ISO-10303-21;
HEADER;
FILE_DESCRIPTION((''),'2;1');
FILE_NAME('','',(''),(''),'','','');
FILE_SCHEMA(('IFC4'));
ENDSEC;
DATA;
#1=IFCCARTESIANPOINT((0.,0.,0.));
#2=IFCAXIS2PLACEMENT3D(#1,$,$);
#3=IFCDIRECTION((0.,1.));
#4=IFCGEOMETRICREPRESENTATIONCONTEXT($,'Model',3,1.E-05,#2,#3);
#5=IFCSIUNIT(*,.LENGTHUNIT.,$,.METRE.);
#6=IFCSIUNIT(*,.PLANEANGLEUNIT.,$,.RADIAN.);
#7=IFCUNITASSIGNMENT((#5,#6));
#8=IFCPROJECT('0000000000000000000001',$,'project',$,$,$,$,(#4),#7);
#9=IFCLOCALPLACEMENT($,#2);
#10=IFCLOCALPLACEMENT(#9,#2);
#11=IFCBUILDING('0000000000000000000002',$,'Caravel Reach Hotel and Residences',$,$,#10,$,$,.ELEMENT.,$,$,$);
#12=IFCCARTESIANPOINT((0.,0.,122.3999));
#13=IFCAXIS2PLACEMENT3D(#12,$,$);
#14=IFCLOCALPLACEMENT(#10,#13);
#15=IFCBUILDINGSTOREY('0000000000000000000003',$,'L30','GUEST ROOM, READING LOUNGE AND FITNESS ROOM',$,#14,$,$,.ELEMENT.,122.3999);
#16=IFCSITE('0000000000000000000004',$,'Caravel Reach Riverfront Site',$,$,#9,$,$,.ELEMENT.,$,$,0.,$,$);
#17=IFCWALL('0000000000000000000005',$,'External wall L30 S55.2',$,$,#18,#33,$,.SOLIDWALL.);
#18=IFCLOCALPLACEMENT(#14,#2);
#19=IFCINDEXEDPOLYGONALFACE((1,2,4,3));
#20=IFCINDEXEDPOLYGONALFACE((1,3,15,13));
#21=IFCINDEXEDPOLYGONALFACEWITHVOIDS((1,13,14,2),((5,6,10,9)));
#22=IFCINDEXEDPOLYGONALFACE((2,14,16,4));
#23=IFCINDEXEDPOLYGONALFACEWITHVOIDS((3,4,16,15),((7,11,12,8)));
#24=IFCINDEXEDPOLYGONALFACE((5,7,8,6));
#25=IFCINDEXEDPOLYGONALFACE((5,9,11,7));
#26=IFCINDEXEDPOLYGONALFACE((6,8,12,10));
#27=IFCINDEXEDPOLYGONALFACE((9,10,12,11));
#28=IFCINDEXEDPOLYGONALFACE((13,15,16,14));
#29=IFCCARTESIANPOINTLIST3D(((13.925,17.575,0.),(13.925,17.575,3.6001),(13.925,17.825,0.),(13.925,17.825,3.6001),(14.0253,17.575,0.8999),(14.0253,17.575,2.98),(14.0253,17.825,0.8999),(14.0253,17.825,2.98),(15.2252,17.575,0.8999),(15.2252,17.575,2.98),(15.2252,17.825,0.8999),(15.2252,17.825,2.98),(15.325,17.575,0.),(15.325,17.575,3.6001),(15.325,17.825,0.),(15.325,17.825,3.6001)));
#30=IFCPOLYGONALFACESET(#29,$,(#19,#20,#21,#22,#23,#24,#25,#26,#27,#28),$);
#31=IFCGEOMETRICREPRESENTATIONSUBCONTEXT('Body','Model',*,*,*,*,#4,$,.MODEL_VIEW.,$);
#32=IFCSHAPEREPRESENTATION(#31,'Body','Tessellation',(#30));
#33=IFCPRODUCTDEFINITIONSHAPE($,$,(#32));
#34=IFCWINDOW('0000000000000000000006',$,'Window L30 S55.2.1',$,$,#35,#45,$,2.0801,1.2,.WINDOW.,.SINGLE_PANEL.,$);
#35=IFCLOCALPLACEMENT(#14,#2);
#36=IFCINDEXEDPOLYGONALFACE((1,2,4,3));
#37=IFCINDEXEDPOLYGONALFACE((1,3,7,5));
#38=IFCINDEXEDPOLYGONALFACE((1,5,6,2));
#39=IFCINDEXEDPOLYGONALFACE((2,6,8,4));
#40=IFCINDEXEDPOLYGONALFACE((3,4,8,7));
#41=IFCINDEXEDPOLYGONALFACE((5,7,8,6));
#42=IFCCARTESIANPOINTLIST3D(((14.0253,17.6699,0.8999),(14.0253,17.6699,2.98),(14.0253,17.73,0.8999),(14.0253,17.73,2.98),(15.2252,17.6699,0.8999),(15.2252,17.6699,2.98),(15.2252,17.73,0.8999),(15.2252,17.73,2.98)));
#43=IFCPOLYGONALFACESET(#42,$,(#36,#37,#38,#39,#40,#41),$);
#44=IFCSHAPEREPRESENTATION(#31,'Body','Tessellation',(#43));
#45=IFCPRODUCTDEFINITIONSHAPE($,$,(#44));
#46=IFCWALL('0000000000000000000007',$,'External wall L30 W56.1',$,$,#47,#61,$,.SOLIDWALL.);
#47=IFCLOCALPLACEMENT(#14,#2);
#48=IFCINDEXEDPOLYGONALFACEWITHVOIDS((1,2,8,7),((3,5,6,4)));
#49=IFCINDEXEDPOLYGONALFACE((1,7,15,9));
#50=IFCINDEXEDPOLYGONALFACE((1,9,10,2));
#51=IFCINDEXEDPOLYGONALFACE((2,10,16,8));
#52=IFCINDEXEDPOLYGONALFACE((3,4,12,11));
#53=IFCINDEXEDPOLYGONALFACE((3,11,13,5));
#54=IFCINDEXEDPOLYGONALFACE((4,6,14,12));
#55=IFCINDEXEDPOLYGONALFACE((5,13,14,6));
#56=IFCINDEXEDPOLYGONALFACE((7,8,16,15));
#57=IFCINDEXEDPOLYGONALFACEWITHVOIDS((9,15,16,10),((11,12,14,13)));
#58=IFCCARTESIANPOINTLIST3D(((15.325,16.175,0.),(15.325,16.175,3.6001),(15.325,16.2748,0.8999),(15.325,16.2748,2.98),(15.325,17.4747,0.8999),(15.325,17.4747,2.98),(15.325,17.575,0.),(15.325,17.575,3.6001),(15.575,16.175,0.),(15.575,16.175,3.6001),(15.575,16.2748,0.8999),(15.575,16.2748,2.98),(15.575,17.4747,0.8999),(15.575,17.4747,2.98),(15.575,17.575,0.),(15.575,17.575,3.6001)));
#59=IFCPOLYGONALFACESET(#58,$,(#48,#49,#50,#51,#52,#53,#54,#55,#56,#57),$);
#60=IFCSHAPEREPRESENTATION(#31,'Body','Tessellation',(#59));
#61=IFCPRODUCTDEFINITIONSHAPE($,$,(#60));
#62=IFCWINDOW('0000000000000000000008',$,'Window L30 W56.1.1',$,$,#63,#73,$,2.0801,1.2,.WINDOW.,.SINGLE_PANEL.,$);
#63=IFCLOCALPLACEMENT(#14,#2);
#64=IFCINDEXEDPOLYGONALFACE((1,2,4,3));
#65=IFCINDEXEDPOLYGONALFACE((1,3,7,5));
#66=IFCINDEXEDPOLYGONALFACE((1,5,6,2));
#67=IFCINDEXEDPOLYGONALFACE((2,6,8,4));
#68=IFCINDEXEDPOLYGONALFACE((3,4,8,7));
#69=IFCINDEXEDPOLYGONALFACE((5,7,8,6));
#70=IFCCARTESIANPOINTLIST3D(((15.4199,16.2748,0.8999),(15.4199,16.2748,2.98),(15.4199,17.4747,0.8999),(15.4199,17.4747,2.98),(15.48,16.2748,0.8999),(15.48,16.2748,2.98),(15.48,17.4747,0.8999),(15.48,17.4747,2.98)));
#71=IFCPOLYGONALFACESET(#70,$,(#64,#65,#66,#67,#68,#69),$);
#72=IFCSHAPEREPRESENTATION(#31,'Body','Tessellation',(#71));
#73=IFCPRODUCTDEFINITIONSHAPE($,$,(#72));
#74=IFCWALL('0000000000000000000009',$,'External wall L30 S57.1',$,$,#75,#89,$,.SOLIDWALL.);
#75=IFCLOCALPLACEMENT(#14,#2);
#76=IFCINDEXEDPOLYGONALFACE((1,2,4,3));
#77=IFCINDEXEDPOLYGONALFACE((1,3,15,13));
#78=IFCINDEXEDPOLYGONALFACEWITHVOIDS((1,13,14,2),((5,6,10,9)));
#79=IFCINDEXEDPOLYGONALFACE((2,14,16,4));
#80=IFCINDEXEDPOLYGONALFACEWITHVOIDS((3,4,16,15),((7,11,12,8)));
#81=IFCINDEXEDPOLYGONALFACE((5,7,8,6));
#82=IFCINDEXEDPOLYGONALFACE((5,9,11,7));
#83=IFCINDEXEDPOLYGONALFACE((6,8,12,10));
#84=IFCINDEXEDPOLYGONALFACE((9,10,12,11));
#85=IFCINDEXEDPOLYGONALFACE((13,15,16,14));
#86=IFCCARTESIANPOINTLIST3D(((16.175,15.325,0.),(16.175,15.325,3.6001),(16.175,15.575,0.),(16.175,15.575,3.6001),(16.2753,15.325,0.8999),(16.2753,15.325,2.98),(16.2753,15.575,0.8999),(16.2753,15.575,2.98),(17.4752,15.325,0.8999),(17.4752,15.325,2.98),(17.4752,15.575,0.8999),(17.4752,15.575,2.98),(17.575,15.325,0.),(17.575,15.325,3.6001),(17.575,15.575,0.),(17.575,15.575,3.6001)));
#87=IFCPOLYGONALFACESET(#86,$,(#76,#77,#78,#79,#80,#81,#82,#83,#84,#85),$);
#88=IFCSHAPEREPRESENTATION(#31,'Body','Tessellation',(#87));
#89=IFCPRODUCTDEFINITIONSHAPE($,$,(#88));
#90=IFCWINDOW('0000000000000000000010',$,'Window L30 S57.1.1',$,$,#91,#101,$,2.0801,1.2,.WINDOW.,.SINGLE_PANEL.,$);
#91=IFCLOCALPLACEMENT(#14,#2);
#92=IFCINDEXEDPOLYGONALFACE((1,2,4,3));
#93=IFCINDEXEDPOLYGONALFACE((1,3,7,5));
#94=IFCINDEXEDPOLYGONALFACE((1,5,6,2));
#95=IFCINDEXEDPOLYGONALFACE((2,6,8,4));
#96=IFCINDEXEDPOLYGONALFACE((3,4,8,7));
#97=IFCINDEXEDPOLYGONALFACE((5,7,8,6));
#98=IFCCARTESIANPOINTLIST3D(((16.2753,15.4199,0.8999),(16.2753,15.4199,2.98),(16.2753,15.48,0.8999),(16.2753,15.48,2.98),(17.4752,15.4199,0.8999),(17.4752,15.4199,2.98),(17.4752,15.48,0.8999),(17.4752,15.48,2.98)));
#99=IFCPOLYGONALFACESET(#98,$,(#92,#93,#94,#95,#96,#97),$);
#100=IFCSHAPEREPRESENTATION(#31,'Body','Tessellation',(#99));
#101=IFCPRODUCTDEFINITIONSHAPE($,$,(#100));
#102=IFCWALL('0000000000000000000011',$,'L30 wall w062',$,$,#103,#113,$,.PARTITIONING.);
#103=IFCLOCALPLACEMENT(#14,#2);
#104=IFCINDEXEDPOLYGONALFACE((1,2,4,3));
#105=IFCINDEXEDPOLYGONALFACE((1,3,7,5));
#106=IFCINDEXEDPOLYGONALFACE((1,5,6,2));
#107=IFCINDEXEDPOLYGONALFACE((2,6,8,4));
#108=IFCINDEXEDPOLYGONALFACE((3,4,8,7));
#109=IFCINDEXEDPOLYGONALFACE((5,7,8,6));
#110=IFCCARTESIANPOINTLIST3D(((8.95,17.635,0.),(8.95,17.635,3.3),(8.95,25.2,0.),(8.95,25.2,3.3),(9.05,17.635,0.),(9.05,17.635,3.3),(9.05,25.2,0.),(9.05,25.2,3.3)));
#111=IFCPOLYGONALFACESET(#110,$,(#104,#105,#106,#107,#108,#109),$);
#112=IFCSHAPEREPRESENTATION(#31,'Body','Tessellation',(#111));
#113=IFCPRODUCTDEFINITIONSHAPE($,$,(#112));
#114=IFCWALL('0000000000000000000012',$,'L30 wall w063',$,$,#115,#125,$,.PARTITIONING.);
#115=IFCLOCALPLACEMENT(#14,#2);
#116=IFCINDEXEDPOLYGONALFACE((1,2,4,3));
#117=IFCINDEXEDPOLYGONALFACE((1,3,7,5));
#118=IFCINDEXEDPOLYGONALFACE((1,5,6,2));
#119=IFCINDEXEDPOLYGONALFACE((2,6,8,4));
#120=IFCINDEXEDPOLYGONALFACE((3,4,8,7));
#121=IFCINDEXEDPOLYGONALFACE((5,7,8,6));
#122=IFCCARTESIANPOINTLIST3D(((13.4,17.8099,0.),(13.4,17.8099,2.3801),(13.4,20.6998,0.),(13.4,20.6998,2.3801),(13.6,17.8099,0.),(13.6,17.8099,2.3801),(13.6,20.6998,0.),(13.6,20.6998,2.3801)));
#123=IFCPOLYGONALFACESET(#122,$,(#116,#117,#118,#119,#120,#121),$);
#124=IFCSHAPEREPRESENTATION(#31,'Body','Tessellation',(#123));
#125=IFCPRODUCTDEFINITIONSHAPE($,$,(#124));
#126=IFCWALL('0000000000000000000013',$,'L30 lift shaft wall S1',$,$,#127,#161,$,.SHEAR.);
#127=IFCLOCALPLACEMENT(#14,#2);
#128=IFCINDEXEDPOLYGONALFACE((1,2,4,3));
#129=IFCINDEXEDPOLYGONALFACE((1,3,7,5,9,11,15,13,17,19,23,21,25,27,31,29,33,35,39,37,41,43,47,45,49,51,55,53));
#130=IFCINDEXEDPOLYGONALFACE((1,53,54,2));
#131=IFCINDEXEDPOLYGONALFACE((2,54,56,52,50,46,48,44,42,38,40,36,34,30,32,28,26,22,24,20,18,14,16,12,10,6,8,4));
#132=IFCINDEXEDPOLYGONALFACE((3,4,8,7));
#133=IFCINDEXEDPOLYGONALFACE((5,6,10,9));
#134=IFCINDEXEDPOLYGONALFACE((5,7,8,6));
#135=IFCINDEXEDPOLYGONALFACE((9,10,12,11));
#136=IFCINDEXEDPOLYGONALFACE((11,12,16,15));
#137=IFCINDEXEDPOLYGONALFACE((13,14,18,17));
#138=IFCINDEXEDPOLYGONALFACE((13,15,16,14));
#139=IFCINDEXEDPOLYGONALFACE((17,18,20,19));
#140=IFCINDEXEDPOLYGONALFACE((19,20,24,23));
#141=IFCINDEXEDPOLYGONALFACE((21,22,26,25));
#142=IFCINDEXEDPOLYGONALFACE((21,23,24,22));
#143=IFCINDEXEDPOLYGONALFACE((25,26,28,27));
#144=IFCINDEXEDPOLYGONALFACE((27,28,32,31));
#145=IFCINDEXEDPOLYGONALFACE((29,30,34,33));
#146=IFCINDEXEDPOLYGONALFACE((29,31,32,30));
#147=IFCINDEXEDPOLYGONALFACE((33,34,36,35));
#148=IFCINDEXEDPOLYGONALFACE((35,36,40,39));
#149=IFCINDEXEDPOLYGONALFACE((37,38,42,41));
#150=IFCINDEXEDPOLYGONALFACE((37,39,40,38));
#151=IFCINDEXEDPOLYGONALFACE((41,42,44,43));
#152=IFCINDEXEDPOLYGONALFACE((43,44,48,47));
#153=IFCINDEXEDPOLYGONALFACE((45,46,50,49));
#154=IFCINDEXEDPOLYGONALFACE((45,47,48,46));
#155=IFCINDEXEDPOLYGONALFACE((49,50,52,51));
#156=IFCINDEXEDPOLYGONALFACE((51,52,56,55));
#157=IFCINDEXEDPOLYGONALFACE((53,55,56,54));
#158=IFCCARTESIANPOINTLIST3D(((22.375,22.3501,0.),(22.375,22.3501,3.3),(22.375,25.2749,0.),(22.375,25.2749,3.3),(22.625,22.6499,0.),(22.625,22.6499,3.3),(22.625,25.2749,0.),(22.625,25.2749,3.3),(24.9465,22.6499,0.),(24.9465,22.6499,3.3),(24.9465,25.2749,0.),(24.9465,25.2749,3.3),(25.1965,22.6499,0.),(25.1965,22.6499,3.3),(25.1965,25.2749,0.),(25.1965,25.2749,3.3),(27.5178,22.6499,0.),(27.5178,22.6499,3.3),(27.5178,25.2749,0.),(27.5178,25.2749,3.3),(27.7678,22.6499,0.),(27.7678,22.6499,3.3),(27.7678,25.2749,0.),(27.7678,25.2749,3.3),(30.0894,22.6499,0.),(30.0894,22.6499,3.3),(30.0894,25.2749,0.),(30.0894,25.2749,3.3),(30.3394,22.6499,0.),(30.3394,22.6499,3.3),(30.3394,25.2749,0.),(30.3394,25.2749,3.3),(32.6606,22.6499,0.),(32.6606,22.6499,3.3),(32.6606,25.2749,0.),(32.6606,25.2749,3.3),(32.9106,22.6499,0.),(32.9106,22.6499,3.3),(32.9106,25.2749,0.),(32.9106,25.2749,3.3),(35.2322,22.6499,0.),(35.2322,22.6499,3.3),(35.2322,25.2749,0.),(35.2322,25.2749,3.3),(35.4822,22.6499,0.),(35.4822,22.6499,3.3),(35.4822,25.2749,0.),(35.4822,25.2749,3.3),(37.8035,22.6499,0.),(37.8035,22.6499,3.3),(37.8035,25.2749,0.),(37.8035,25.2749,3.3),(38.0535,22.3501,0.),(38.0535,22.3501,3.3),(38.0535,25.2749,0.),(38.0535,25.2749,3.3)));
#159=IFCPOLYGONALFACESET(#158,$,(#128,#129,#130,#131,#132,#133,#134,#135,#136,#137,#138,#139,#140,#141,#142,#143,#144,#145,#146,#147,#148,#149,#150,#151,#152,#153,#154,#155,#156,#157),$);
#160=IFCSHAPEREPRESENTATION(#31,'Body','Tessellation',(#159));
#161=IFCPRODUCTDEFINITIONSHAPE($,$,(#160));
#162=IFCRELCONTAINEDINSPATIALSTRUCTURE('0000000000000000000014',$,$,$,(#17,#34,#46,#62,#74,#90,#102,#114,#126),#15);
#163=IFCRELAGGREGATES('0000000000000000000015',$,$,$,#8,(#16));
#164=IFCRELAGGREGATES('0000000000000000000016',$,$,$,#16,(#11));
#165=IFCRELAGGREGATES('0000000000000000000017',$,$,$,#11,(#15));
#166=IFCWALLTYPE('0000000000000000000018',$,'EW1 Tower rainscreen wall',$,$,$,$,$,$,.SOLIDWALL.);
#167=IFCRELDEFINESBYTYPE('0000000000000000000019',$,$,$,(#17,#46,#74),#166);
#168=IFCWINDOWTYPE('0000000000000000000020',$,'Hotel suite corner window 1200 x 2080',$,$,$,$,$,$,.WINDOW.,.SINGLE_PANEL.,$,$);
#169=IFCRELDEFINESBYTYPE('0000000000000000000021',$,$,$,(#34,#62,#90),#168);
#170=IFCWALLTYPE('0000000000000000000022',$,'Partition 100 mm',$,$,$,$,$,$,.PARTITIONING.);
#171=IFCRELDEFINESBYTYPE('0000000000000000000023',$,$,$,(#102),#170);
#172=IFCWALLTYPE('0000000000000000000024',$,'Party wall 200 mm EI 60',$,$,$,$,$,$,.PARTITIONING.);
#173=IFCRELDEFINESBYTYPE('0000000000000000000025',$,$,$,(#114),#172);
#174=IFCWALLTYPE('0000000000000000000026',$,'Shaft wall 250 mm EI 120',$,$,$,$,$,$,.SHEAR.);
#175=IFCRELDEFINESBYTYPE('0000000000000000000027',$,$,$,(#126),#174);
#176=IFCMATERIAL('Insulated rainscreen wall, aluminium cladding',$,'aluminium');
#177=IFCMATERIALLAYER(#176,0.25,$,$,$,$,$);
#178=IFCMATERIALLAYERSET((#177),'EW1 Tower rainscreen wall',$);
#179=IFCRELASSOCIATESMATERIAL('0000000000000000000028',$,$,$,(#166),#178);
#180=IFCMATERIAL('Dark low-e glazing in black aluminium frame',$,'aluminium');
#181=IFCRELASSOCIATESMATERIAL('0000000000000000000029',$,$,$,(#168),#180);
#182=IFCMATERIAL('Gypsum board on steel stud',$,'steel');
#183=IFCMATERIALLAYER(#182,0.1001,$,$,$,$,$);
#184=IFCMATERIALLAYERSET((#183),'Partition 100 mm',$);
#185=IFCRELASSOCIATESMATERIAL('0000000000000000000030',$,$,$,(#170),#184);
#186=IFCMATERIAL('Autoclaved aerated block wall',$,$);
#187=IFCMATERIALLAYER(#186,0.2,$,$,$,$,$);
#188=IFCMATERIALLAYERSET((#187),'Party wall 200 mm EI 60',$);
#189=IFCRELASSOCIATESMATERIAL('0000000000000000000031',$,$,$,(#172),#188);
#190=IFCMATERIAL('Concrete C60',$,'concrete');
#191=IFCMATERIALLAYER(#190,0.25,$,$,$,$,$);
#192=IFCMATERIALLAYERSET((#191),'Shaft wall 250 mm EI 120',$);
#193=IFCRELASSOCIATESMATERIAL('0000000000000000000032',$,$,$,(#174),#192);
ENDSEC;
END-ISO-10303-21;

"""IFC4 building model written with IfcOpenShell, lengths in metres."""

from ifc_helpers import new_model, si_unit, direction, frame, frame_2d, origin, place, context, subcontext, project, spatial, polyline, rectangle, outline, extrude, material, layer, layer_set, type_object, element, fill, save


model = new_model("IFC4")

# Units and contexts
model_context = context("Model", 3, precision=1e-05, world=origin(), true_north=direction((0.0, 1.0)))
body_context = subcontext(model_context, "Body", "Model", "MODEL_VIEW")
ifc_project = project(units=[si_unit("LENGTHUNIT", "METRE"), si_unit("PLANEANGLEUNIT", "RADIAN")], contexts=[model_context])

# Site, building, storey
site_placement = place(None, origin())
site = spatial("IfcSite", under=ifc_project, at=site_placement, Name="Caravel Reach Riverfront Site", CompositionType="ELEMENT", RefElevation=0.0)
building_placement = place(site_placement, origin())
building = spatial("IfcBuilding", under=site, at=building_placement, Name="Caravel Reach Hotel and Residences", CompositionType="ELEMENT")
storey_placement = place(building_placement, frame((0.0, 0.0, 122.3999)))
storey = spatial("IfcBuildingStorey", under=building, at=storey_placement, Name="L30", Description="GUEST ROOM, READING LOUNGE AND FITNESS ROOM", CompositionType="ELEMENT", Elevation=122.3999)

# Shared definitions
ifc_material_1 = material(Name="Insulated rainscreen wall, aluminium cladding", Category="aluminium")
ifc_layer_1 = layer(ifc_material_1, 0.25)
ifc_layer_set_1 = layer_set([ifc_layer_1], Name="EW1 Tower rainscreen wall")
wall_type_1 = type_object("IfcWallType", Name="EW1 Tower rainscreen wall", PredefinedType="SOLIDWALL", material=ifc_layer_set_1)

# Walls, openings, windows
wall_1_placement = place(storey_placement, frame((13.925, 17.7, 0.0), z_axis=(0.0, 0.0, 1.0), x_axis=(1.0, 0.0, 0.0)))
wall_1 = element("IfcWall", 1, at=wall_1_placement, inside=storey, type_object=wall_type_1, Name="External wall L30 S55.2", PredefinedType="SOLIDWALL", context=body_context, shape_type="SweptSolid", body=[
    extrude(rectangle(XDim=1.3999, YDim=0.25, at=frame_2d((0.7, 0.0))), origin(), (0.0, 0.0, 1.0), 3.6001),
])
opening_1_placement = place(wall_1_placement, frame((0.1001, 0.0, 0.8999)))
opening_1 = element("IfcOpeningElement", 2, at=opening_1_placement, cuts=wall_1, PredefinedType="OPENING", context=body_context, shape_type="SweptSolid", body=[
    extrude(rectangle(XDim=1.2, YDim=2.0801, at=frame_2d((0.6001, 1.04))), frame((0.0, 0.135, 0.0), z_axis=(0.0, -1.0, 0.0), x_axis=(1.0, 0.0, 0.0)), (0.0, 0.0, 1.0), 0.27),
])
ifc_material_2 = material(Name="Dark low-e glazing in black aluminium frame", Category="aluminium")
window_type_1 = type_object("IfcWindowType", Name="Hotel suite corner window 1200 x 2080", PartitioningType="SINGLE_PANEL", PredefinedType="WINDOW", material=ifc_material_2)
window_1_placement = place(opening_1_placement, origin())
window_1 = element("IfcWindow", 3, at=window_1_placement, inside=storey, type_object=window_type_1, Name="Window L30 S55.2.1", OverallHeight=2.0801, OverallWidth=1.2, PartitioningType="SINGLE_PANEL", PredefinedType="WINDOW", context=body_context, shape_type="SweptSolid", body=[
    extrude(rectangle(XDim=1.2, YDim=2.0801, at=frame_2d((0.6001, 1.04))), frame((0.0, 0.03, 0.0), z_axis=(0.0, -1.0, 0.0), x_axis=(1.0, 0.0, 0.0)), (0.0, 0.0, 1.0), 0.0601),
])
fill(opening_1, window_1)
wall_2_placement = place(storey_placement, frame((15.45, 17.575, 0.0), z_axis=(0.0, 0.0, 1.0), x_axis=(0.0, -1.0, 0.0)))
wall_2 = element("IfcWall", 4, at=wall_2_placement, inside=storey, type_object=wall_type_1, Name="External wall L30 W56.1", PredefinedType="SOLIDWALL", context=body_context, shape_type="SweptSolid", body=[
    extrude(rectangle(XDim=1.3999, YDim=0.25, at=frame_2d((0.7, 0.0))), origin(), (0.0, 0.0, 1.0), 3.6001),
])
opening_2_placement = place(wall_2_placement, frame((0.1001, 0.0, 0.8999)))
opening_2 = element("IfcOpeningElement", 5, at=opening_2_placement, cuts=wall_2, PredefinedType="OPENING", context=body_context, shape_type="SweptSolid", body=[
    extrude(rectangle(XDim=1.2, YDim=2.0801, at=frame_2d((0.6001, 1.04))), frame((0.0, 0.135, 0.0), z_axis=(0.0, -1.0, 0.0), x_axis=(1.0, 0.0, 0.0)), (0.0, 0.0, 1.0), 0.27),
])
window_2_placement = place(opening_2_placement, origin())
window_2 = element("IfcWindow", 6, at=window_2_placement, inside=storey, type_object=window_type_1, Name="Window L30 W56.1.1", OverallHeight=2.0801, OverallWidth=1.2, PartitioningType="SINGLE_PANEL", PredefinedType="WINDOW", context=body_context, shape_type="SweptSolid", body=[
    extrude(rectangle(XDim=1.2, YDim=2.0801, at=frame_2d((0.6001, 1.04))), frame((0.0, 0.03, 0.0), z_axis=(0.0, -1.0, 0.0), x_axis=(1.0, 0.0, 0.0)), (0.0, 0.0, 1.0), 0.0601),
])
fill(opening_2, window_2)
wall_3_placement = place(storey_placement, frame((16.175, 15.45, 0.0), z_axis=(0.0, 0.0, 1.0), x_axis=(1.0, 0.0, 0.0)))
wall_3 = element("IfcWall", 7, at=wall_3_placement, inside=storey, type_object=wall_type_1, Name="External wall L30 S57.1", PredefinedType="SOLIDWALL", context=body_context, shape_type="SweptSolid", body=[
    extrude(rectangle(XDim=1.3999, YDim=0.25, at=frame_2d((0.7, 0.0))), origin(), (0.0, 0.0, 1.0), 3.6001),
])
opening_3_placement = place(wall_3_placement, frame((0.1001, 0.0, 0.8999)))
opening_3 = element("IfcOpeningElement", 8, at=opening_3_placement, cuts=wall_3, PredefinedType="OPENING", context=body_context, shape_type="SweptSolid", body=[
    extrude(rectangle(XDim=1.2, YDim=2.0801, at=frame_2d((0.6001, 1.04))), frame((0.0, 0.135, 0.0), z_axis=(0.0, -1.0, 0.0), x_axis=(1.0, 0.0, 0.0)), (0.0, 0.0, 1.0), 0.27),
])
window_3_placement = place(opening_3_placement, origin())
window_3 = element("IfcWindow", 9, at=window_3_placement, inside=storey, type_object=window_type_1, Name="Window L30 S57.1.1", OverallHeight=2.0801, OverallWidth=1.2, PartitioningType="SINGLE_PANEL", PredefinedType="WINDOW", context=body_context, shape_type="SweptSolid", body=[
    extrude(rectangle(XDim=1.2, YDim=2.0801, at=frame_2d((0.6001, 1.04))), frame((0.0, 0.03, 0.0), z_axis=(0.0, -1.0, 0.0), x_axis=(1.0, 0.0, 0.0)), (0.0, 0.0, 1.0), 0.0601),
])
fill(opening_3, window_3)

# Walls
ifc_material_3 = material(Name="Gypsum board on steel stud", Category="steel")
ifc_layer_2 = layer(ifc_material_3, 0.1001)
ifc_layer_set_2 = layer_set([ifc_layer_2], Name="Partition 100 mm")
wall_type_2 = type_object("IfcWallType", Name="Partition 100 mm", PredefinedType="PARTITIONING", material=ifc_layer_set_2)
wall_4_placement = place(storey_placement, frame((9.0, 17.635, 0.0), z_axis=(0.0, 0.0, 1.0), x_axis=(0.0, 1.0, 0.0)))
element("IfcWall", 10, at=wall_4_placement, inside=storey, type_object=wall_type_2, Name="L30 wall w062", PredefinedType="PARTITIONING", context=body_context, shape_type="SweptSolid", body=[
    extrude(rectangle(XDim=7.5649, YDim=0.1001, at=frame_2d((3.7825, 0.0))), origin(), (0.0, 0.0, 1.0), 3.3),
])
ifc_material_4 = material(Name="Autoclaved aerated block wall")
ifc_layer_3 = layer(ifc_material_4, 0.2)
ifc_layer_set_3 = layer_set([ifc_layer_3], Name="Party wall 200 mm EI 60")
wall_type_3 = type_object("IfcWallType", Name="Party wall 200 mm EI 60", PredefinedType="PARTITIONING", material=ifc_layer_set_3)
wall_5_placement = place(storey_placement, frame((13.5, 17.8101, 0.0), z_axis=(0.0, 0.0, 1.0), x_axis=(0.0, 1.0, 0.0)))
element("IfcWall", 11, at=wall_5_placement, inside=storey, type_object=wall_type_3, Name="L30 wall w063", PredefinedType="PARTITIONING", context=body_context, shape_type="SweptSolid", body=[
    extrude(rectangle(XDim=2.8899, YDim=0.2, at=frame_2d((1.4448, 0.0))), origin(), (0.0, 0.0, 1.0), 2.3801),
])
ifc_material_5 = material(Name="Concrete C60", Category="concrete")
ifc_layer_4 = layer(ifc_material_5, 0.25)
ifc_layer_set_4 = layer_set([ifc_layer_4], Name="Shaft wall 250 mm EI 120")
wall_type_4 = type_object("IfcWallType", Name="Shaft wall 250 mm EI 120", PredefinedType="SHEAR", material=ifc_layer_set_4)
wall_6_placement = place(storey_placement, origin())
element("IfcWall", 12, at=wall_6_placement, inside=storey, type_object=wall_type_4, Name="L30 lift shaft wall S1", PredefinedType="SHEAR", context=body_context, shape_type="SweptSolid", body=[
    extrude(outline(polyline([(22.375, 22.3501), (38.0535, 22.3501), (38.0535, 25.2749), (37.8035, 25.2749), (37.8035, 22.6499), (35.4822, 22.6499), (35.4822, 25.2749), (35.2322, 25.2749), (35.2322, 22.6499), (32.9106, 22.6499), (32.9106, 25.2749), (32.6606, 25.2749), (32.6606, 22.6499), (30.3394, 22.6499), (30.3394, 25.2749), (30.0894, 25.2749), (30.0894, 22.6499), (27.7678, 22.6499), (27.7678, 25.2749), (27.5178, 25.2749), (27.5178, 22.6499), (25.1965, 22.6499), (25.1965, 25.2749), (24.9465, 25.2749), (24.9465, 22.6499), (22.625, 22.6499), (22.625, 25.2749), (22.375, 25.2749), (22.375, 22.3501)])), origin(), (0.0, 0.0, 1.0), 3.3),
])

save(model, "model.ifc")
